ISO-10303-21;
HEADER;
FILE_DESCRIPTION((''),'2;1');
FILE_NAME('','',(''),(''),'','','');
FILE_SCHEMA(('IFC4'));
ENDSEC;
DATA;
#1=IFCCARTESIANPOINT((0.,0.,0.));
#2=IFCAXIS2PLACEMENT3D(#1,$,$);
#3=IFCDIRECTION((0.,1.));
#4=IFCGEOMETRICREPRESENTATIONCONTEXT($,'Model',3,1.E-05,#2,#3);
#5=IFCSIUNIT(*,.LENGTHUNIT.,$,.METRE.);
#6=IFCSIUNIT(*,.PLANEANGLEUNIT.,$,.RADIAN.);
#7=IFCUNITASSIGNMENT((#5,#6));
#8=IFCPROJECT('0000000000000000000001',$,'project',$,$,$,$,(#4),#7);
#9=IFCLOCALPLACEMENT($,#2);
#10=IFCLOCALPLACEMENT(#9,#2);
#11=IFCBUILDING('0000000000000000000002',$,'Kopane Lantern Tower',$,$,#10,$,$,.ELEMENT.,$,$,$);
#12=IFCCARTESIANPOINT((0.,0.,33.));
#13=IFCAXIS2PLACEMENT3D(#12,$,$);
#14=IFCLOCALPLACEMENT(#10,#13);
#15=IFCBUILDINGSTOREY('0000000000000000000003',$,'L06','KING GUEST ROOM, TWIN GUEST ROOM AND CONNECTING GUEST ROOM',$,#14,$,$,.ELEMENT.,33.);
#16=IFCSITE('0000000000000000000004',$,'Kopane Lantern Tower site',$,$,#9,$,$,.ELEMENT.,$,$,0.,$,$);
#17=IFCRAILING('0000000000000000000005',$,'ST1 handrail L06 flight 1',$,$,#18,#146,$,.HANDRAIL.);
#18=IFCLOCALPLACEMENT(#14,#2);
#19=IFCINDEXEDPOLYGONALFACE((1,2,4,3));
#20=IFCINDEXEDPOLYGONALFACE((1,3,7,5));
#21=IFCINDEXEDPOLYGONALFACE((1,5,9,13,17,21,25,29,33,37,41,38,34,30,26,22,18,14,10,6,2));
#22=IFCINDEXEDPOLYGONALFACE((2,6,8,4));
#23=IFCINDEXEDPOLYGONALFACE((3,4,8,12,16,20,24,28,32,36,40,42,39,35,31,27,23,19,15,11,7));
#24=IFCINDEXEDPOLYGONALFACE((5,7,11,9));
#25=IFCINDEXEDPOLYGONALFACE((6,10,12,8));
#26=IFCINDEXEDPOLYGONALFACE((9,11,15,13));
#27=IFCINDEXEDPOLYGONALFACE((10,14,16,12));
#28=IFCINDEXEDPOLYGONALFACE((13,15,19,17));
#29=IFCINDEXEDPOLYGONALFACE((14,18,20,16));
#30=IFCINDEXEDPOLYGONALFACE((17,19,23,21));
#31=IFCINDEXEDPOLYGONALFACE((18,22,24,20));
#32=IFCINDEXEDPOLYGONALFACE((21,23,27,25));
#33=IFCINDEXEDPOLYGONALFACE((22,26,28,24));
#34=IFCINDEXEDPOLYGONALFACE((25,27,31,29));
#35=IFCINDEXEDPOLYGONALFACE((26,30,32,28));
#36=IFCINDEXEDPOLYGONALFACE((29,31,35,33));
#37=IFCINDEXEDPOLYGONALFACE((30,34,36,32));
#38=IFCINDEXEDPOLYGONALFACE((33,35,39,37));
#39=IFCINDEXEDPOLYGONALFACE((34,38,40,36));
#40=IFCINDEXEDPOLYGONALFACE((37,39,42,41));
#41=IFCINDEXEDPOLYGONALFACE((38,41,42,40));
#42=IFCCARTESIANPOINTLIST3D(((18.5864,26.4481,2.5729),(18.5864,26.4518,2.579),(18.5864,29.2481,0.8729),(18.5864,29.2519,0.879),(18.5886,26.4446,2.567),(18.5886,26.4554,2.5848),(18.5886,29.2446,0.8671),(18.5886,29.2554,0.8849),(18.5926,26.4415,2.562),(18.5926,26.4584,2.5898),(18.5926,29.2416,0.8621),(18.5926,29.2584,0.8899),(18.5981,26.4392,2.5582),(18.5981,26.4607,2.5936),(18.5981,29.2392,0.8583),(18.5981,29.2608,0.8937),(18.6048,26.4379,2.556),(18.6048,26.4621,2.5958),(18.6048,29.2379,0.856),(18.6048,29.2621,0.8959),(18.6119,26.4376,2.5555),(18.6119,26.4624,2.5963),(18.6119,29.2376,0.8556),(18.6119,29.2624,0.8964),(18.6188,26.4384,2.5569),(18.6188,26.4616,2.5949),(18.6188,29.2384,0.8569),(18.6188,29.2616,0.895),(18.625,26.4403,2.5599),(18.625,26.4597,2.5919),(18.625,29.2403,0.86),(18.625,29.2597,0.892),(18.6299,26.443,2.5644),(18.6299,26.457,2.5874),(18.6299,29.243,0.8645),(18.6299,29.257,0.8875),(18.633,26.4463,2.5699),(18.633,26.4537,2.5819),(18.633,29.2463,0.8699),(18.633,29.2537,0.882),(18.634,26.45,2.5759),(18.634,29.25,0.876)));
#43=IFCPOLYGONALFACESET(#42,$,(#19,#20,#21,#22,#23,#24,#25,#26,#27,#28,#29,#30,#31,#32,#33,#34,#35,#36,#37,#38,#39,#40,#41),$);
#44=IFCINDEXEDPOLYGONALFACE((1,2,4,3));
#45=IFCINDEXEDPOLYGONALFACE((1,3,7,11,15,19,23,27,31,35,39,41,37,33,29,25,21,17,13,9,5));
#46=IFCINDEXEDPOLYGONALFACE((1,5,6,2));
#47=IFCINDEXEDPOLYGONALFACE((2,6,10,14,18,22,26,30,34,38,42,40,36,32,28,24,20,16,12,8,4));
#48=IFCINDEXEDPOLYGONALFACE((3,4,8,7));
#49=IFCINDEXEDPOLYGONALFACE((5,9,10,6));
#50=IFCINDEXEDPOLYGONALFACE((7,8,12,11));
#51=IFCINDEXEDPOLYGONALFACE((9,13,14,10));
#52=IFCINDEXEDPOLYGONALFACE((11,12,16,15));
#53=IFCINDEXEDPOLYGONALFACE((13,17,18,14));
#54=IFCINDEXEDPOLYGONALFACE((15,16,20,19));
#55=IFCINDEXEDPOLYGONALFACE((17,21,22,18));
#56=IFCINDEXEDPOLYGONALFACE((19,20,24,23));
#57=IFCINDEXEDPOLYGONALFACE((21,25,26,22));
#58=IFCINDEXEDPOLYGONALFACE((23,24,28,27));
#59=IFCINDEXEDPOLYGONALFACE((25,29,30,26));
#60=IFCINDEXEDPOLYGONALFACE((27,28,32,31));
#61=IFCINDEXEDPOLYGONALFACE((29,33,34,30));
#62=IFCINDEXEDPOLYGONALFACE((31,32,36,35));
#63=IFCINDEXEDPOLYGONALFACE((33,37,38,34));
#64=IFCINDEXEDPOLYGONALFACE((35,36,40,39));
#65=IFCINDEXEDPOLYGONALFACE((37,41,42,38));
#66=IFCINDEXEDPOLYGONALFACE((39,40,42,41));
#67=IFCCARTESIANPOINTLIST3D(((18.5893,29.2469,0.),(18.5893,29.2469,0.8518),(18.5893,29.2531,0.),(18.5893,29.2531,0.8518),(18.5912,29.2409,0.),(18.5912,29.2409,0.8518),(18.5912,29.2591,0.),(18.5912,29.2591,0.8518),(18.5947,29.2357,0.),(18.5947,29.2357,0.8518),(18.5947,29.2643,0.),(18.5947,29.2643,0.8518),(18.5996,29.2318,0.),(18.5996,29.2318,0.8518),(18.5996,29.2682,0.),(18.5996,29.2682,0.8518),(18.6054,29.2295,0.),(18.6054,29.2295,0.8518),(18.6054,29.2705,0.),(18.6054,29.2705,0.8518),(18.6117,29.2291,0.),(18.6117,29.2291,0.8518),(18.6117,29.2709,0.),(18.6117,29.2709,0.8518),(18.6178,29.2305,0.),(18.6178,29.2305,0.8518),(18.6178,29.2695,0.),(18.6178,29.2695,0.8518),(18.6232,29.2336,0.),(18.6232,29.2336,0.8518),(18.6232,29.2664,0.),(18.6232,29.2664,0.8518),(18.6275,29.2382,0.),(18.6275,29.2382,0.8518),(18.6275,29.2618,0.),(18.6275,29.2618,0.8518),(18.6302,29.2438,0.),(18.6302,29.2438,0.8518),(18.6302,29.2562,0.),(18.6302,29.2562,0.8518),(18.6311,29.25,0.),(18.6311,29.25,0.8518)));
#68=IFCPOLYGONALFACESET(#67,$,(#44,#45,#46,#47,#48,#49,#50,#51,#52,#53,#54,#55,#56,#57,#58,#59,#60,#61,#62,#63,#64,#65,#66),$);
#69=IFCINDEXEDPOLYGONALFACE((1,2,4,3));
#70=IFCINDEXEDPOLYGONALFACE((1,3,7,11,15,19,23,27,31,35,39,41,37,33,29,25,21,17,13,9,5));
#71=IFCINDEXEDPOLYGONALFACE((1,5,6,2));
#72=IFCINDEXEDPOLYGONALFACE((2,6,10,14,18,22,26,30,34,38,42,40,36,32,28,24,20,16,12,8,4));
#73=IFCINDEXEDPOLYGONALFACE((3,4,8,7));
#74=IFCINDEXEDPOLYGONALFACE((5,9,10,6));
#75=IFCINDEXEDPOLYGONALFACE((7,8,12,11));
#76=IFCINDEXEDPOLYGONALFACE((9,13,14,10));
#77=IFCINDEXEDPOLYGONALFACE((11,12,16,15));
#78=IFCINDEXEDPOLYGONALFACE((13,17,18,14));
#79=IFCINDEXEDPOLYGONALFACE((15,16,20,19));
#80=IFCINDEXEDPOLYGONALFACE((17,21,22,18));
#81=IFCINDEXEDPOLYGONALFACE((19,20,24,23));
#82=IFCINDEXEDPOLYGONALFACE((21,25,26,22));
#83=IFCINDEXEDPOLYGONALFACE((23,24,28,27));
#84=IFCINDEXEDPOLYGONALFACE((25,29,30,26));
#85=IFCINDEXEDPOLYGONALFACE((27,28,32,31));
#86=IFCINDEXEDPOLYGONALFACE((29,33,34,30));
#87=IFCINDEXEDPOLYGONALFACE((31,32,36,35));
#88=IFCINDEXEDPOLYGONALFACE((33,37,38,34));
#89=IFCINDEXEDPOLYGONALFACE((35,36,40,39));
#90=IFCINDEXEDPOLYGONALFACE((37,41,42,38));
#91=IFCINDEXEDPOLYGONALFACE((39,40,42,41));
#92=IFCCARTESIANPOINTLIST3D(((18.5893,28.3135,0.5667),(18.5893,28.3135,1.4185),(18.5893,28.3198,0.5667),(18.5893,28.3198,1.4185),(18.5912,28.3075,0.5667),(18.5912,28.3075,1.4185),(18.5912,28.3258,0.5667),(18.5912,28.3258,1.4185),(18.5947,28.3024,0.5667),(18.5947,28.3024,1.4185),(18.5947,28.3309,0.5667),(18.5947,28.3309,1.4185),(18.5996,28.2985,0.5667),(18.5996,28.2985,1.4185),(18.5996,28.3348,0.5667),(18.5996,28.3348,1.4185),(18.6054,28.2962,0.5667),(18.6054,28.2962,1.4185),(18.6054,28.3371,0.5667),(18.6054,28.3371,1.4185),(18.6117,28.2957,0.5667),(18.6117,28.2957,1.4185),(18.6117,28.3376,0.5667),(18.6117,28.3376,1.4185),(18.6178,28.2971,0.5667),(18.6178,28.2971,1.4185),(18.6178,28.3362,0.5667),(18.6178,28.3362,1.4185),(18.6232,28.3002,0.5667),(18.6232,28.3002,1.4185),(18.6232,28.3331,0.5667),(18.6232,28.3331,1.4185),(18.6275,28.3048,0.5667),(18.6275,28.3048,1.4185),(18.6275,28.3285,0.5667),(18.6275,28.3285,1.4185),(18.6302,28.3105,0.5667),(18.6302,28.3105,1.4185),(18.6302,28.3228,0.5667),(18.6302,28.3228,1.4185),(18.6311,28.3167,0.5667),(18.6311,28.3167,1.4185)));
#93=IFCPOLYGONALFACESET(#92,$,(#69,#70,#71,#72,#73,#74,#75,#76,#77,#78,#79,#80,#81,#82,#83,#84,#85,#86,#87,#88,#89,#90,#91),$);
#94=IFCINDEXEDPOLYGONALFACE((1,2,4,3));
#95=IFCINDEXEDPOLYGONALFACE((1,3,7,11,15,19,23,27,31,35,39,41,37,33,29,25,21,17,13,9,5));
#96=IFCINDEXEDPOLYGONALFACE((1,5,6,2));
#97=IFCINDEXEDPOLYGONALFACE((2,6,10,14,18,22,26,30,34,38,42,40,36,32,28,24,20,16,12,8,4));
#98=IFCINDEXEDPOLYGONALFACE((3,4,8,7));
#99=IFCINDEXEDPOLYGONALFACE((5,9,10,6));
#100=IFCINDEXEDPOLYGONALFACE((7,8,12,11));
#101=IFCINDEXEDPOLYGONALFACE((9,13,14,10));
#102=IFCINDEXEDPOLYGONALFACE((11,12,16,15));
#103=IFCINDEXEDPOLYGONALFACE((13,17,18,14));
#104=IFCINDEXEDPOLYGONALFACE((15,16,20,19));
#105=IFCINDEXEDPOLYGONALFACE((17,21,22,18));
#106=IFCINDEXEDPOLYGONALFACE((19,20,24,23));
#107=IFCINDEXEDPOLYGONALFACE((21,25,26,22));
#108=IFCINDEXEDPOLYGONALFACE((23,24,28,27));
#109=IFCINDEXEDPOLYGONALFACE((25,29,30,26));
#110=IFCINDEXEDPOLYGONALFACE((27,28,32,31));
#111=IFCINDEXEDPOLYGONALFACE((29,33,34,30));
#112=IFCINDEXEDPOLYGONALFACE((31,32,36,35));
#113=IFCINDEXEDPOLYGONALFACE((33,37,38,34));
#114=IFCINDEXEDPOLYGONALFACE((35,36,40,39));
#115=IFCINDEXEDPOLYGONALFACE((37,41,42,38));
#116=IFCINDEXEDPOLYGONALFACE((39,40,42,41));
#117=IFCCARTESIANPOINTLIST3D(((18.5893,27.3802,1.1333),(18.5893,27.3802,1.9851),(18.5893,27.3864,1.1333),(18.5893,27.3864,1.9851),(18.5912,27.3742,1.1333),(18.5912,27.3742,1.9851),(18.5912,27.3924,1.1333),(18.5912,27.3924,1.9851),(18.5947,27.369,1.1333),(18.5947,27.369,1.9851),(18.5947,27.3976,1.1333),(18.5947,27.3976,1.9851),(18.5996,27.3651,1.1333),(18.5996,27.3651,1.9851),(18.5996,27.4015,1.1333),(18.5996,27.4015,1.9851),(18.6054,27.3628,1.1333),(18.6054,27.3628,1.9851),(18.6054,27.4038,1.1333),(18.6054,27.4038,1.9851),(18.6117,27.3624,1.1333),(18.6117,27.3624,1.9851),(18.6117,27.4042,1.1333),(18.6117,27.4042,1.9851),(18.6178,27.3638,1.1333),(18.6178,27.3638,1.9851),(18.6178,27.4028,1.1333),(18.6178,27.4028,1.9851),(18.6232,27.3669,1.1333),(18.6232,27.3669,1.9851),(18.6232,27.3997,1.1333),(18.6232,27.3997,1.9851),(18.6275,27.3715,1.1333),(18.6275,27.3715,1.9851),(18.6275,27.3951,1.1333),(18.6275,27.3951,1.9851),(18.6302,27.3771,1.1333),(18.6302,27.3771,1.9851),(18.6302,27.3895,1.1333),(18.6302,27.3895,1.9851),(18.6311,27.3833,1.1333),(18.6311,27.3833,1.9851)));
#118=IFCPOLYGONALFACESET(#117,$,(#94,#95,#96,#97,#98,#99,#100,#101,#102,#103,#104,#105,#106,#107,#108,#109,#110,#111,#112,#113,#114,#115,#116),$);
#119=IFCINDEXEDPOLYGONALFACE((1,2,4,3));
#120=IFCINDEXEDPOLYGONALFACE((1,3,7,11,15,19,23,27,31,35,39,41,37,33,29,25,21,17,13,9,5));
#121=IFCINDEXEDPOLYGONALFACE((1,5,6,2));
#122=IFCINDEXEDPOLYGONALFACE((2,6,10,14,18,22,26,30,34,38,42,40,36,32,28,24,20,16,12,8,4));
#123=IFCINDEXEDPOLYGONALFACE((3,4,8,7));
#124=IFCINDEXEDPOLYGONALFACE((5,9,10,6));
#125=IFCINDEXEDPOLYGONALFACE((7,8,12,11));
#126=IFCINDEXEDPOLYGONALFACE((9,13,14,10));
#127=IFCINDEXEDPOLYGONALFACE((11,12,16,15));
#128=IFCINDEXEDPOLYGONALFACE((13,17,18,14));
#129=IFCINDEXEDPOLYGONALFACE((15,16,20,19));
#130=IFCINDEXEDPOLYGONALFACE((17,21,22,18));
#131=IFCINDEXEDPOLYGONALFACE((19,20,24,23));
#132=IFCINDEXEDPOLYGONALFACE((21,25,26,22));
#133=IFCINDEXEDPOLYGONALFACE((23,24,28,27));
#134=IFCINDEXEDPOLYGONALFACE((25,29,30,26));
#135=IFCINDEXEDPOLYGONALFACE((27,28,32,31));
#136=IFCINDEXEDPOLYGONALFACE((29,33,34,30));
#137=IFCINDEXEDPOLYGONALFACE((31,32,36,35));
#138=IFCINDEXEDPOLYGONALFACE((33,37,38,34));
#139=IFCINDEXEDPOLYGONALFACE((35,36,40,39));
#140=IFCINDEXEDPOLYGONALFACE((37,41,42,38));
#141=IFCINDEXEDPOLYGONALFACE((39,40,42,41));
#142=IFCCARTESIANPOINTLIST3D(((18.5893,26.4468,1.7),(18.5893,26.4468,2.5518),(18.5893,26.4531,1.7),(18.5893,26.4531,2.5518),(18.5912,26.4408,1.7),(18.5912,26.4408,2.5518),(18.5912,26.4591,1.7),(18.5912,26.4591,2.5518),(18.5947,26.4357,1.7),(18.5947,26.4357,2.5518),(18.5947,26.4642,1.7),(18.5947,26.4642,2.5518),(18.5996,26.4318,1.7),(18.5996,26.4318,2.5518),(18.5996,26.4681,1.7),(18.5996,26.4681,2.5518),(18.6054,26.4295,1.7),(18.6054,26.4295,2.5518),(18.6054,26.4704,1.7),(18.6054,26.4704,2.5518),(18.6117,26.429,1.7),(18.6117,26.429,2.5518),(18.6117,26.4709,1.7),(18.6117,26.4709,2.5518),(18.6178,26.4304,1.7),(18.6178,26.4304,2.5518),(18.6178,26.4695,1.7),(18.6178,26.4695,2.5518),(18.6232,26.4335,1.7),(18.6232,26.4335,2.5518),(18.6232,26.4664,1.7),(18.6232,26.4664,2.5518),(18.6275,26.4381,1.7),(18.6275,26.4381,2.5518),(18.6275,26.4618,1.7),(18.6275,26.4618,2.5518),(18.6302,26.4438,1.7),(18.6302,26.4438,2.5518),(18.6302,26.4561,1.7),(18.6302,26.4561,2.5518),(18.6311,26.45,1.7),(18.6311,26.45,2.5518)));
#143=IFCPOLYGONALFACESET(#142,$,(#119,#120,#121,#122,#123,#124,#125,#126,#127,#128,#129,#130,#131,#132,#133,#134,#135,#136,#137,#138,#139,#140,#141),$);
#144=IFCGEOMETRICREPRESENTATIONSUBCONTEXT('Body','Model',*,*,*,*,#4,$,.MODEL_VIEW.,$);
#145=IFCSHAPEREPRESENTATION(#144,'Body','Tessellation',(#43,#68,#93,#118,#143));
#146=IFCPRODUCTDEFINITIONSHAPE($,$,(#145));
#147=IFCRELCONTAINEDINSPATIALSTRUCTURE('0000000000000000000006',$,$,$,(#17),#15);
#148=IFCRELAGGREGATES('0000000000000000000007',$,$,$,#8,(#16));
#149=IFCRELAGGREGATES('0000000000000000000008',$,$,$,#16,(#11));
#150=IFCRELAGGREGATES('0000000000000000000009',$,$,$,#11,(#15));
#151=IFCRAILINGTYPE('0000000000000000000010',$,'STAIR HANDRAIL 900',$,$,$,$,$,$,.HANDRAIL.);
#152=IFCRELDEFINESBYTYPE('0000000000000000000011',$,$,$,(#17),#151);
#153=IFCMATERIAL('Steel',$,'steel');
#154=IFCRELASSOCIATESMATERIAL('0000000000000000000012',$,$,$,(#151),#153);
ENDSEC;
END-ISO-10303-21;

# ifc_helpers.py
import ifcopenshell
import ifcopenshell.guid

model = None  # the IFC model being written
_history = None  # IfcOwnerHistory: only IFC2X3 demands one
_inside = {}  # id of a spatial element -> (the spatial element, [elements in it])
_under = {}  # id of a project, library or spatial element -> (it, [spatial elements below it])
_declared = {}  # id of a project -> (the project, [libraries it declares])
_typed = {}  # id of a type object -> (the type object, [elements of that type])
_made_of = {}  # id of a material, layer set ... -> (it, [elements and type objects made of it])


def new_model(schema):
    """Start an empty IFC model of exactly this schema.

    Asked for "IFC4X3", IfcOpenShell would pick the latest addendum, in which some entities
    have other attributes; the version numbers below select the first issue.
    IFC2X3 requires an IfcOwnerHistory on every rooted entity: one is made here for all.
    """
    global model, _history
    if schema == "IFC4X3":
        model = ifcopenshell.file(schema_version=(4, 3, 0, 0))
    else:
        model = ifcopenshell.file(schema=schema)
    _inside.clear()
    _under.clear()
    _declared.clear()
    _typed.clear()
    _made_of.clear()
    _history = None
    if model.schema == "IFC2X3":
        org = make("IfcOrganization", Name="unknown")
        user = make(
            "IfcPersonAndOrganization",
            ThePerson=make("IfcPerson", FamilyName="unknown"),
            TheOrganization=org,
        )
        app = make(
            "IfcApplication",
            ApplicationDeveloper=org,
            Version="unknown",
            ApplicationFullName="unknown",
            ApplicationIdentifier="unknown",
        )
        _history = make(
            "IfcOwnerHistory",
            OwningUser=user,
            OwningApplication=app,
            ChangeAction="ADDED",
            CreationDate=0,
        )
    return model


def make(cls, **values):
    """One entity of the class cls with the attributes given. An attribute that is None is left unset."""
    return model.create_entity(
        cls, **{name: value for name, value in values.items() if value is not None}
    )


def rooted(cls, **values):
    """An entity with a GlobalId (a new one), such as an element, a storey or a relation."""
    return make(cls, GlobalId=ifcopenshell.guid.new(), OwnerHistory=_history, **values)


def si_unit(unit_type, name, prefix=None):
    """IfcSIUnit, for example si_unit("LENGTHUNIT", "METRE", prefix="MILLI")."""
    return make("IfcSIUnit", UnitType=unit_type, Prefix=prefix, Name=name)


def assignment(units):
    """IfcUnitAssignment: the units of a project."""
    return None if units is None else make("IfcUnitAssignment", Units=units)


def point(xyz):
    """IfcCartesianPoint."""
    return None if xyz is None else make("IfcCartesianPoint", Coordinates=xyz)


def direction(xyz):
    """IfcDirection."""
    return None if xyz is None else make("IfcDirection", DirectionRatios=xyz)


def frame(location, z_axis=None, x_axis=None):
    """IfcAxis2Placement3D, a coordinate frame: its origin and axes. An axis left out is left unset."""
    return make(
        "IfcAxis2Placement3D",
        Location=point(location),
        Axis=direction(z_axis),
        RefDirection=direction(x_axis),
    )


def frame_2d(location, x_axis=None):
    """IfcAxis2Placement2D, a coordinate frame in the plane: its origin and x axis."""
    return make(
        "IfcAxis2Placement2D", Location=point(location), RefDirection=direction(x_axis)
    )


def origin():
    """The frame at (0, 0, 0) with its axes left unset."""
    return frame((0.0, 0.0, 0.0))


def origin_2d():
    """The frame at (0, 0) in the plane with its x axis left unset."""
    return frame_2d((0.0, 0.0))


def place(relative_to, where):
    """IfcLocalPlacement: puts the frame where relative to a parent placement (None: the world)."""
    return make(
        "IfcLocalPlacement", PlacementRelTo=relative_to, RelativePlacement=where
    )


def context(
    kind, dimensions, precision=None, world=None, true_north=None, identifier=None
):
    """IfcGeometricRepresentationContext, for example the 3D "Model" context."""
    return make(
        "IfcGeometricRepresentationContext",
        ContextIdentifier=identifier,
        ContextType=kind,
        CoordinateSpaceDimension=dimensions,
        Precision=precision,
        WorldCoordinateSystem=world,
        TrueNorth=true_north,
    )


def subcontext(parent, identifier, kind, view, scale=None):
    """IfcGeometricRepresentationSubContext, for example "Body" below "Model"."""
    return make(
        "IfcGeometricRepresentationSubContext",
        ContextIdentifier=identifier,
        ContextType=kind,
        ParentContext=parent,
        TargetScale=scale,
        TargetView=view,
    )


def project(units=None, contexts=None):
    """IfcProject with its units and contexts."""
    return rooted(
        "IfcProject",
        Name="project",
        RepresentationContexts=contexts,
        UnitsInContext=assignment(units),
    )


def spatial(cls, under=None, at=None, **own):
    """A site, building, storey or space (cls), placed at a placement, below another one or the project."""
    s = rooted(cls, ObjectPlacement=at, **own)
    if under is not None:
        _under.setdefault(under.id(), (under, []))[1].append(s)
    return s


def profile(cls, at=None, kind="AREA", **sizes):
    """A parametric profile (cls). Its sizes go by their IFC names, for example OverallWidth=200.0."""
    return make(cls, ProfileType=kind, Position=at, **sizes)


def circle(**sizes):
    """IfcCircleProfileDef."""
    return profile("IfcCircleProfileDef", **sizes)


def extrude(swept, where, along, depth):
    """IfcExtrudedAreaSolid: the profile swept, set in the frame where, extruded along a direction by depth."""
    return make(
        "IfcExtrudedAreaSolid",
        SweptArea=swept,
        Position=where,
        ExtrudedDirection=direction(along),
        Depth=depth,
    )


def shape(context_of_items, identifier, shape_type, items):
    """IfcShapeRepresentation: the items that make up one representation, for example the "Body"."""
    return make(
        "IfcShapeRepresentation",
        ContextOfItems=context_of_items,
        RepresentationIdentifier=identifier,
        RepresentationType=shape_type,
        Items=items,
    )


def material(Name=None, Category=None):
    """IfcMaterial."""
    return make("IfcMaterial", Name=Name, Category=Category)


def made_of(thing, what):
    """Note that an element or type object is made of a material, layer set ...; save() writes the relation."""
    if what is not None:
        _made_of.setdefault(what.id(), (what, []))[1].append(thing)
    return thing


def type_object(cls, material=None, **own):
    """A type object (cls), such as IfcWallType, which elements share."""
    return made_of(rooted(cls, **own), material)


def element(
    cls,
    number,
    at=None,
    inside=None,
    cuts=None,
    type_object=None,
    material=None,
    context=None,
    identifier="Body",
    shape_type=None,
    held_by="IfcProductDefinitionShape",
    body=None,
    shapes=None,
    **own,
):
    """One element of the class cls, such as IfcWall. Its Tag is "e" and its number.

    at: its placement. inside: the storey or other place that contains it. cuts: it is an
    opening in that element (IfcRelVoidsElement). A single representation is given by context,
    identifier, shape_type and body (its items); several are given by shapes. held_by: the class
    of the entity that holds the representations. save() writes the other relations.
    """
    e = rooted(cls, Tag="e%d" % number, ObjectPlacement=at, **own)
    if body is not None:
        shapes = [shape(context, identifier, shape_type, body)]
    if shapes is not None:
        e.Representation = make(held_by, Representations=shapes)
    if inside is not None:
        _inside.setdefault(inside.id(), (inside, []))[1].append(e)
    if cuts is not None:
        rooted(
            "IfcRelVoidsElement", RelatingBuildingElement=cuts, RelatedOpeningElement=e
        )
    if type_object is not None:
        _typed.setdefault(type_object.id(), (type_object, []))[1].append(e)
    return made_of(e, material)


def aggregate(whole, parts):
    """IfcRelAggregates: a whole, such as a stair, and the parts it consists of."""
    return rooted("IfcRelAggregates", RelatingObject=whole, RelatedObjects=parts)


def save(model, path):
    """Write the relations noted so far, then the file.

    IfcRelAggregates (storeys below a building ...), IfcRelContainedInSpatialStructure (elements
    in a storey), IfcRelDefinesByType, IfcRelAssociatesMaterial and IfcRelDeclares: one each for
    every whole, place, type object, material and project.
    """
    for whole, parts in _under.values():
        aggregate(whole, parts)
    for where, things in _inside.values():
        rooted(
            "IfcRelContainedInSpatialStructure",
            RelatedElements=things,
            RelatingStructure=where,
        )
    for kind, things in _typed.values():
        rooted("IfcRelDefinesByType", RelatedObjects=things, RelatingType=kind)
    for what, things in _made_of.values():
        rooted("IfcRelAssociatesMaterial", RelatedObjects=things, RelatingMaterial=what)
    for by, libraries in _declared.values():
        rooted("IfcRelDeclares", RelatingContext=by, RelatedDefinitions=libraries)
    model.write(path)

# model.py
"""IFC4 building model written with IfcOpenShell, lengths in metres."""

from ifc_helpers import new_model, si_unit, direction, frame, origin, origin_2d, place, context, subcontext, project, spatial, circle, extrude, material, type_object, element, save


model = new_model("IFC4")

# Units and contexts
model_context = context("Model", 3, precision=1e-05, world=origin(), true_north=direction((0.0, 1.0)))
body_context = subcontext(model_context, "Body", "Model", "MODEL_VIEW")
ifc_project = project(units=[si_unit("LENGTHUNIT", "METRE"), si_unit("PLANEANGLEUNIT", "RADIAN")], contexts=[model_context])

# Site, building, storey
site_placement = place(None, origin())
site = spatial("IfcSite", under=ifc_project, at=site_placement, Name="Kopane Lantern Tower site", CompositionType="ELEMENT", RefElevation=0.0)
building_placement = place(site_placement, origin())
building = spatial("IfcBuilding", under=site, at=building_placement, Name="Kopane Lantern Tower", CompositionType="ELEMENT")
storey_placement = place(building_placement, frame((0.0, 0.0, 33.0)))
storey = spatial("IfcBuildingStorey", under=building, at=storey_placement, Name="L06", Description="KING GUEST ROOM, TWIN GUEST ROOM AND CONNECTING GUEST ROOM", CompositionType="ELEMENT", Elevation=33.0)

# Railing
ifc_material_1 = material(Name="Steel", Category="steel")
railing_type_1 = type_object("IfcRailingType", Name="STAIR HANDRAIL 900", PredefinedType="HANDRAIL", material=ifc_material_1)
for number, where, name in (
    (1, (18.6101, 29.25, 0.0), "ST1 handrail L06 flight 1"),
):
    element("IfcRailing", number, at=place(storey_placement, frame(where)), inside=storey, type_object=railing_type_1, Name=name, PredefinedType="HANDRAIL", context=body_context, shape_type="SweptSolid", body=[
        extrude(circle(Radius=0.0239, at=origin_2d()), frame((0.0, 0.0, 0.876), z_axis=(0.0, -0.854798, 0.518961), x_axis=(1.0, 0.0, 0.0)), (0.0, 0.0, 1.0), 3.2756),
        extrude(circle(Radius=0.021, at=origin_2d()), origin(), (0.0, 0.0, 1.0), 0.8518),
        extrude(circle(Radius=0.021, at=origin_2d()), frame((0.0, -0.9333, 0.5667)), (0.0, 0.0, 1.0), 0.8518),
        extrude(circle(Radius=0.021, at=origin_2d()), frame((0.0, -1.8667, 1.1333)), (0.0, 0.0, 1.0), 0.8518),
        extrude(circle(Radius=0.021, at=origin_2d()), frame((0.0, -2.8, 1.7)), (0.0, 0.0, 1.0), 0.8518),
    ])

save(model, "model.ifc")
